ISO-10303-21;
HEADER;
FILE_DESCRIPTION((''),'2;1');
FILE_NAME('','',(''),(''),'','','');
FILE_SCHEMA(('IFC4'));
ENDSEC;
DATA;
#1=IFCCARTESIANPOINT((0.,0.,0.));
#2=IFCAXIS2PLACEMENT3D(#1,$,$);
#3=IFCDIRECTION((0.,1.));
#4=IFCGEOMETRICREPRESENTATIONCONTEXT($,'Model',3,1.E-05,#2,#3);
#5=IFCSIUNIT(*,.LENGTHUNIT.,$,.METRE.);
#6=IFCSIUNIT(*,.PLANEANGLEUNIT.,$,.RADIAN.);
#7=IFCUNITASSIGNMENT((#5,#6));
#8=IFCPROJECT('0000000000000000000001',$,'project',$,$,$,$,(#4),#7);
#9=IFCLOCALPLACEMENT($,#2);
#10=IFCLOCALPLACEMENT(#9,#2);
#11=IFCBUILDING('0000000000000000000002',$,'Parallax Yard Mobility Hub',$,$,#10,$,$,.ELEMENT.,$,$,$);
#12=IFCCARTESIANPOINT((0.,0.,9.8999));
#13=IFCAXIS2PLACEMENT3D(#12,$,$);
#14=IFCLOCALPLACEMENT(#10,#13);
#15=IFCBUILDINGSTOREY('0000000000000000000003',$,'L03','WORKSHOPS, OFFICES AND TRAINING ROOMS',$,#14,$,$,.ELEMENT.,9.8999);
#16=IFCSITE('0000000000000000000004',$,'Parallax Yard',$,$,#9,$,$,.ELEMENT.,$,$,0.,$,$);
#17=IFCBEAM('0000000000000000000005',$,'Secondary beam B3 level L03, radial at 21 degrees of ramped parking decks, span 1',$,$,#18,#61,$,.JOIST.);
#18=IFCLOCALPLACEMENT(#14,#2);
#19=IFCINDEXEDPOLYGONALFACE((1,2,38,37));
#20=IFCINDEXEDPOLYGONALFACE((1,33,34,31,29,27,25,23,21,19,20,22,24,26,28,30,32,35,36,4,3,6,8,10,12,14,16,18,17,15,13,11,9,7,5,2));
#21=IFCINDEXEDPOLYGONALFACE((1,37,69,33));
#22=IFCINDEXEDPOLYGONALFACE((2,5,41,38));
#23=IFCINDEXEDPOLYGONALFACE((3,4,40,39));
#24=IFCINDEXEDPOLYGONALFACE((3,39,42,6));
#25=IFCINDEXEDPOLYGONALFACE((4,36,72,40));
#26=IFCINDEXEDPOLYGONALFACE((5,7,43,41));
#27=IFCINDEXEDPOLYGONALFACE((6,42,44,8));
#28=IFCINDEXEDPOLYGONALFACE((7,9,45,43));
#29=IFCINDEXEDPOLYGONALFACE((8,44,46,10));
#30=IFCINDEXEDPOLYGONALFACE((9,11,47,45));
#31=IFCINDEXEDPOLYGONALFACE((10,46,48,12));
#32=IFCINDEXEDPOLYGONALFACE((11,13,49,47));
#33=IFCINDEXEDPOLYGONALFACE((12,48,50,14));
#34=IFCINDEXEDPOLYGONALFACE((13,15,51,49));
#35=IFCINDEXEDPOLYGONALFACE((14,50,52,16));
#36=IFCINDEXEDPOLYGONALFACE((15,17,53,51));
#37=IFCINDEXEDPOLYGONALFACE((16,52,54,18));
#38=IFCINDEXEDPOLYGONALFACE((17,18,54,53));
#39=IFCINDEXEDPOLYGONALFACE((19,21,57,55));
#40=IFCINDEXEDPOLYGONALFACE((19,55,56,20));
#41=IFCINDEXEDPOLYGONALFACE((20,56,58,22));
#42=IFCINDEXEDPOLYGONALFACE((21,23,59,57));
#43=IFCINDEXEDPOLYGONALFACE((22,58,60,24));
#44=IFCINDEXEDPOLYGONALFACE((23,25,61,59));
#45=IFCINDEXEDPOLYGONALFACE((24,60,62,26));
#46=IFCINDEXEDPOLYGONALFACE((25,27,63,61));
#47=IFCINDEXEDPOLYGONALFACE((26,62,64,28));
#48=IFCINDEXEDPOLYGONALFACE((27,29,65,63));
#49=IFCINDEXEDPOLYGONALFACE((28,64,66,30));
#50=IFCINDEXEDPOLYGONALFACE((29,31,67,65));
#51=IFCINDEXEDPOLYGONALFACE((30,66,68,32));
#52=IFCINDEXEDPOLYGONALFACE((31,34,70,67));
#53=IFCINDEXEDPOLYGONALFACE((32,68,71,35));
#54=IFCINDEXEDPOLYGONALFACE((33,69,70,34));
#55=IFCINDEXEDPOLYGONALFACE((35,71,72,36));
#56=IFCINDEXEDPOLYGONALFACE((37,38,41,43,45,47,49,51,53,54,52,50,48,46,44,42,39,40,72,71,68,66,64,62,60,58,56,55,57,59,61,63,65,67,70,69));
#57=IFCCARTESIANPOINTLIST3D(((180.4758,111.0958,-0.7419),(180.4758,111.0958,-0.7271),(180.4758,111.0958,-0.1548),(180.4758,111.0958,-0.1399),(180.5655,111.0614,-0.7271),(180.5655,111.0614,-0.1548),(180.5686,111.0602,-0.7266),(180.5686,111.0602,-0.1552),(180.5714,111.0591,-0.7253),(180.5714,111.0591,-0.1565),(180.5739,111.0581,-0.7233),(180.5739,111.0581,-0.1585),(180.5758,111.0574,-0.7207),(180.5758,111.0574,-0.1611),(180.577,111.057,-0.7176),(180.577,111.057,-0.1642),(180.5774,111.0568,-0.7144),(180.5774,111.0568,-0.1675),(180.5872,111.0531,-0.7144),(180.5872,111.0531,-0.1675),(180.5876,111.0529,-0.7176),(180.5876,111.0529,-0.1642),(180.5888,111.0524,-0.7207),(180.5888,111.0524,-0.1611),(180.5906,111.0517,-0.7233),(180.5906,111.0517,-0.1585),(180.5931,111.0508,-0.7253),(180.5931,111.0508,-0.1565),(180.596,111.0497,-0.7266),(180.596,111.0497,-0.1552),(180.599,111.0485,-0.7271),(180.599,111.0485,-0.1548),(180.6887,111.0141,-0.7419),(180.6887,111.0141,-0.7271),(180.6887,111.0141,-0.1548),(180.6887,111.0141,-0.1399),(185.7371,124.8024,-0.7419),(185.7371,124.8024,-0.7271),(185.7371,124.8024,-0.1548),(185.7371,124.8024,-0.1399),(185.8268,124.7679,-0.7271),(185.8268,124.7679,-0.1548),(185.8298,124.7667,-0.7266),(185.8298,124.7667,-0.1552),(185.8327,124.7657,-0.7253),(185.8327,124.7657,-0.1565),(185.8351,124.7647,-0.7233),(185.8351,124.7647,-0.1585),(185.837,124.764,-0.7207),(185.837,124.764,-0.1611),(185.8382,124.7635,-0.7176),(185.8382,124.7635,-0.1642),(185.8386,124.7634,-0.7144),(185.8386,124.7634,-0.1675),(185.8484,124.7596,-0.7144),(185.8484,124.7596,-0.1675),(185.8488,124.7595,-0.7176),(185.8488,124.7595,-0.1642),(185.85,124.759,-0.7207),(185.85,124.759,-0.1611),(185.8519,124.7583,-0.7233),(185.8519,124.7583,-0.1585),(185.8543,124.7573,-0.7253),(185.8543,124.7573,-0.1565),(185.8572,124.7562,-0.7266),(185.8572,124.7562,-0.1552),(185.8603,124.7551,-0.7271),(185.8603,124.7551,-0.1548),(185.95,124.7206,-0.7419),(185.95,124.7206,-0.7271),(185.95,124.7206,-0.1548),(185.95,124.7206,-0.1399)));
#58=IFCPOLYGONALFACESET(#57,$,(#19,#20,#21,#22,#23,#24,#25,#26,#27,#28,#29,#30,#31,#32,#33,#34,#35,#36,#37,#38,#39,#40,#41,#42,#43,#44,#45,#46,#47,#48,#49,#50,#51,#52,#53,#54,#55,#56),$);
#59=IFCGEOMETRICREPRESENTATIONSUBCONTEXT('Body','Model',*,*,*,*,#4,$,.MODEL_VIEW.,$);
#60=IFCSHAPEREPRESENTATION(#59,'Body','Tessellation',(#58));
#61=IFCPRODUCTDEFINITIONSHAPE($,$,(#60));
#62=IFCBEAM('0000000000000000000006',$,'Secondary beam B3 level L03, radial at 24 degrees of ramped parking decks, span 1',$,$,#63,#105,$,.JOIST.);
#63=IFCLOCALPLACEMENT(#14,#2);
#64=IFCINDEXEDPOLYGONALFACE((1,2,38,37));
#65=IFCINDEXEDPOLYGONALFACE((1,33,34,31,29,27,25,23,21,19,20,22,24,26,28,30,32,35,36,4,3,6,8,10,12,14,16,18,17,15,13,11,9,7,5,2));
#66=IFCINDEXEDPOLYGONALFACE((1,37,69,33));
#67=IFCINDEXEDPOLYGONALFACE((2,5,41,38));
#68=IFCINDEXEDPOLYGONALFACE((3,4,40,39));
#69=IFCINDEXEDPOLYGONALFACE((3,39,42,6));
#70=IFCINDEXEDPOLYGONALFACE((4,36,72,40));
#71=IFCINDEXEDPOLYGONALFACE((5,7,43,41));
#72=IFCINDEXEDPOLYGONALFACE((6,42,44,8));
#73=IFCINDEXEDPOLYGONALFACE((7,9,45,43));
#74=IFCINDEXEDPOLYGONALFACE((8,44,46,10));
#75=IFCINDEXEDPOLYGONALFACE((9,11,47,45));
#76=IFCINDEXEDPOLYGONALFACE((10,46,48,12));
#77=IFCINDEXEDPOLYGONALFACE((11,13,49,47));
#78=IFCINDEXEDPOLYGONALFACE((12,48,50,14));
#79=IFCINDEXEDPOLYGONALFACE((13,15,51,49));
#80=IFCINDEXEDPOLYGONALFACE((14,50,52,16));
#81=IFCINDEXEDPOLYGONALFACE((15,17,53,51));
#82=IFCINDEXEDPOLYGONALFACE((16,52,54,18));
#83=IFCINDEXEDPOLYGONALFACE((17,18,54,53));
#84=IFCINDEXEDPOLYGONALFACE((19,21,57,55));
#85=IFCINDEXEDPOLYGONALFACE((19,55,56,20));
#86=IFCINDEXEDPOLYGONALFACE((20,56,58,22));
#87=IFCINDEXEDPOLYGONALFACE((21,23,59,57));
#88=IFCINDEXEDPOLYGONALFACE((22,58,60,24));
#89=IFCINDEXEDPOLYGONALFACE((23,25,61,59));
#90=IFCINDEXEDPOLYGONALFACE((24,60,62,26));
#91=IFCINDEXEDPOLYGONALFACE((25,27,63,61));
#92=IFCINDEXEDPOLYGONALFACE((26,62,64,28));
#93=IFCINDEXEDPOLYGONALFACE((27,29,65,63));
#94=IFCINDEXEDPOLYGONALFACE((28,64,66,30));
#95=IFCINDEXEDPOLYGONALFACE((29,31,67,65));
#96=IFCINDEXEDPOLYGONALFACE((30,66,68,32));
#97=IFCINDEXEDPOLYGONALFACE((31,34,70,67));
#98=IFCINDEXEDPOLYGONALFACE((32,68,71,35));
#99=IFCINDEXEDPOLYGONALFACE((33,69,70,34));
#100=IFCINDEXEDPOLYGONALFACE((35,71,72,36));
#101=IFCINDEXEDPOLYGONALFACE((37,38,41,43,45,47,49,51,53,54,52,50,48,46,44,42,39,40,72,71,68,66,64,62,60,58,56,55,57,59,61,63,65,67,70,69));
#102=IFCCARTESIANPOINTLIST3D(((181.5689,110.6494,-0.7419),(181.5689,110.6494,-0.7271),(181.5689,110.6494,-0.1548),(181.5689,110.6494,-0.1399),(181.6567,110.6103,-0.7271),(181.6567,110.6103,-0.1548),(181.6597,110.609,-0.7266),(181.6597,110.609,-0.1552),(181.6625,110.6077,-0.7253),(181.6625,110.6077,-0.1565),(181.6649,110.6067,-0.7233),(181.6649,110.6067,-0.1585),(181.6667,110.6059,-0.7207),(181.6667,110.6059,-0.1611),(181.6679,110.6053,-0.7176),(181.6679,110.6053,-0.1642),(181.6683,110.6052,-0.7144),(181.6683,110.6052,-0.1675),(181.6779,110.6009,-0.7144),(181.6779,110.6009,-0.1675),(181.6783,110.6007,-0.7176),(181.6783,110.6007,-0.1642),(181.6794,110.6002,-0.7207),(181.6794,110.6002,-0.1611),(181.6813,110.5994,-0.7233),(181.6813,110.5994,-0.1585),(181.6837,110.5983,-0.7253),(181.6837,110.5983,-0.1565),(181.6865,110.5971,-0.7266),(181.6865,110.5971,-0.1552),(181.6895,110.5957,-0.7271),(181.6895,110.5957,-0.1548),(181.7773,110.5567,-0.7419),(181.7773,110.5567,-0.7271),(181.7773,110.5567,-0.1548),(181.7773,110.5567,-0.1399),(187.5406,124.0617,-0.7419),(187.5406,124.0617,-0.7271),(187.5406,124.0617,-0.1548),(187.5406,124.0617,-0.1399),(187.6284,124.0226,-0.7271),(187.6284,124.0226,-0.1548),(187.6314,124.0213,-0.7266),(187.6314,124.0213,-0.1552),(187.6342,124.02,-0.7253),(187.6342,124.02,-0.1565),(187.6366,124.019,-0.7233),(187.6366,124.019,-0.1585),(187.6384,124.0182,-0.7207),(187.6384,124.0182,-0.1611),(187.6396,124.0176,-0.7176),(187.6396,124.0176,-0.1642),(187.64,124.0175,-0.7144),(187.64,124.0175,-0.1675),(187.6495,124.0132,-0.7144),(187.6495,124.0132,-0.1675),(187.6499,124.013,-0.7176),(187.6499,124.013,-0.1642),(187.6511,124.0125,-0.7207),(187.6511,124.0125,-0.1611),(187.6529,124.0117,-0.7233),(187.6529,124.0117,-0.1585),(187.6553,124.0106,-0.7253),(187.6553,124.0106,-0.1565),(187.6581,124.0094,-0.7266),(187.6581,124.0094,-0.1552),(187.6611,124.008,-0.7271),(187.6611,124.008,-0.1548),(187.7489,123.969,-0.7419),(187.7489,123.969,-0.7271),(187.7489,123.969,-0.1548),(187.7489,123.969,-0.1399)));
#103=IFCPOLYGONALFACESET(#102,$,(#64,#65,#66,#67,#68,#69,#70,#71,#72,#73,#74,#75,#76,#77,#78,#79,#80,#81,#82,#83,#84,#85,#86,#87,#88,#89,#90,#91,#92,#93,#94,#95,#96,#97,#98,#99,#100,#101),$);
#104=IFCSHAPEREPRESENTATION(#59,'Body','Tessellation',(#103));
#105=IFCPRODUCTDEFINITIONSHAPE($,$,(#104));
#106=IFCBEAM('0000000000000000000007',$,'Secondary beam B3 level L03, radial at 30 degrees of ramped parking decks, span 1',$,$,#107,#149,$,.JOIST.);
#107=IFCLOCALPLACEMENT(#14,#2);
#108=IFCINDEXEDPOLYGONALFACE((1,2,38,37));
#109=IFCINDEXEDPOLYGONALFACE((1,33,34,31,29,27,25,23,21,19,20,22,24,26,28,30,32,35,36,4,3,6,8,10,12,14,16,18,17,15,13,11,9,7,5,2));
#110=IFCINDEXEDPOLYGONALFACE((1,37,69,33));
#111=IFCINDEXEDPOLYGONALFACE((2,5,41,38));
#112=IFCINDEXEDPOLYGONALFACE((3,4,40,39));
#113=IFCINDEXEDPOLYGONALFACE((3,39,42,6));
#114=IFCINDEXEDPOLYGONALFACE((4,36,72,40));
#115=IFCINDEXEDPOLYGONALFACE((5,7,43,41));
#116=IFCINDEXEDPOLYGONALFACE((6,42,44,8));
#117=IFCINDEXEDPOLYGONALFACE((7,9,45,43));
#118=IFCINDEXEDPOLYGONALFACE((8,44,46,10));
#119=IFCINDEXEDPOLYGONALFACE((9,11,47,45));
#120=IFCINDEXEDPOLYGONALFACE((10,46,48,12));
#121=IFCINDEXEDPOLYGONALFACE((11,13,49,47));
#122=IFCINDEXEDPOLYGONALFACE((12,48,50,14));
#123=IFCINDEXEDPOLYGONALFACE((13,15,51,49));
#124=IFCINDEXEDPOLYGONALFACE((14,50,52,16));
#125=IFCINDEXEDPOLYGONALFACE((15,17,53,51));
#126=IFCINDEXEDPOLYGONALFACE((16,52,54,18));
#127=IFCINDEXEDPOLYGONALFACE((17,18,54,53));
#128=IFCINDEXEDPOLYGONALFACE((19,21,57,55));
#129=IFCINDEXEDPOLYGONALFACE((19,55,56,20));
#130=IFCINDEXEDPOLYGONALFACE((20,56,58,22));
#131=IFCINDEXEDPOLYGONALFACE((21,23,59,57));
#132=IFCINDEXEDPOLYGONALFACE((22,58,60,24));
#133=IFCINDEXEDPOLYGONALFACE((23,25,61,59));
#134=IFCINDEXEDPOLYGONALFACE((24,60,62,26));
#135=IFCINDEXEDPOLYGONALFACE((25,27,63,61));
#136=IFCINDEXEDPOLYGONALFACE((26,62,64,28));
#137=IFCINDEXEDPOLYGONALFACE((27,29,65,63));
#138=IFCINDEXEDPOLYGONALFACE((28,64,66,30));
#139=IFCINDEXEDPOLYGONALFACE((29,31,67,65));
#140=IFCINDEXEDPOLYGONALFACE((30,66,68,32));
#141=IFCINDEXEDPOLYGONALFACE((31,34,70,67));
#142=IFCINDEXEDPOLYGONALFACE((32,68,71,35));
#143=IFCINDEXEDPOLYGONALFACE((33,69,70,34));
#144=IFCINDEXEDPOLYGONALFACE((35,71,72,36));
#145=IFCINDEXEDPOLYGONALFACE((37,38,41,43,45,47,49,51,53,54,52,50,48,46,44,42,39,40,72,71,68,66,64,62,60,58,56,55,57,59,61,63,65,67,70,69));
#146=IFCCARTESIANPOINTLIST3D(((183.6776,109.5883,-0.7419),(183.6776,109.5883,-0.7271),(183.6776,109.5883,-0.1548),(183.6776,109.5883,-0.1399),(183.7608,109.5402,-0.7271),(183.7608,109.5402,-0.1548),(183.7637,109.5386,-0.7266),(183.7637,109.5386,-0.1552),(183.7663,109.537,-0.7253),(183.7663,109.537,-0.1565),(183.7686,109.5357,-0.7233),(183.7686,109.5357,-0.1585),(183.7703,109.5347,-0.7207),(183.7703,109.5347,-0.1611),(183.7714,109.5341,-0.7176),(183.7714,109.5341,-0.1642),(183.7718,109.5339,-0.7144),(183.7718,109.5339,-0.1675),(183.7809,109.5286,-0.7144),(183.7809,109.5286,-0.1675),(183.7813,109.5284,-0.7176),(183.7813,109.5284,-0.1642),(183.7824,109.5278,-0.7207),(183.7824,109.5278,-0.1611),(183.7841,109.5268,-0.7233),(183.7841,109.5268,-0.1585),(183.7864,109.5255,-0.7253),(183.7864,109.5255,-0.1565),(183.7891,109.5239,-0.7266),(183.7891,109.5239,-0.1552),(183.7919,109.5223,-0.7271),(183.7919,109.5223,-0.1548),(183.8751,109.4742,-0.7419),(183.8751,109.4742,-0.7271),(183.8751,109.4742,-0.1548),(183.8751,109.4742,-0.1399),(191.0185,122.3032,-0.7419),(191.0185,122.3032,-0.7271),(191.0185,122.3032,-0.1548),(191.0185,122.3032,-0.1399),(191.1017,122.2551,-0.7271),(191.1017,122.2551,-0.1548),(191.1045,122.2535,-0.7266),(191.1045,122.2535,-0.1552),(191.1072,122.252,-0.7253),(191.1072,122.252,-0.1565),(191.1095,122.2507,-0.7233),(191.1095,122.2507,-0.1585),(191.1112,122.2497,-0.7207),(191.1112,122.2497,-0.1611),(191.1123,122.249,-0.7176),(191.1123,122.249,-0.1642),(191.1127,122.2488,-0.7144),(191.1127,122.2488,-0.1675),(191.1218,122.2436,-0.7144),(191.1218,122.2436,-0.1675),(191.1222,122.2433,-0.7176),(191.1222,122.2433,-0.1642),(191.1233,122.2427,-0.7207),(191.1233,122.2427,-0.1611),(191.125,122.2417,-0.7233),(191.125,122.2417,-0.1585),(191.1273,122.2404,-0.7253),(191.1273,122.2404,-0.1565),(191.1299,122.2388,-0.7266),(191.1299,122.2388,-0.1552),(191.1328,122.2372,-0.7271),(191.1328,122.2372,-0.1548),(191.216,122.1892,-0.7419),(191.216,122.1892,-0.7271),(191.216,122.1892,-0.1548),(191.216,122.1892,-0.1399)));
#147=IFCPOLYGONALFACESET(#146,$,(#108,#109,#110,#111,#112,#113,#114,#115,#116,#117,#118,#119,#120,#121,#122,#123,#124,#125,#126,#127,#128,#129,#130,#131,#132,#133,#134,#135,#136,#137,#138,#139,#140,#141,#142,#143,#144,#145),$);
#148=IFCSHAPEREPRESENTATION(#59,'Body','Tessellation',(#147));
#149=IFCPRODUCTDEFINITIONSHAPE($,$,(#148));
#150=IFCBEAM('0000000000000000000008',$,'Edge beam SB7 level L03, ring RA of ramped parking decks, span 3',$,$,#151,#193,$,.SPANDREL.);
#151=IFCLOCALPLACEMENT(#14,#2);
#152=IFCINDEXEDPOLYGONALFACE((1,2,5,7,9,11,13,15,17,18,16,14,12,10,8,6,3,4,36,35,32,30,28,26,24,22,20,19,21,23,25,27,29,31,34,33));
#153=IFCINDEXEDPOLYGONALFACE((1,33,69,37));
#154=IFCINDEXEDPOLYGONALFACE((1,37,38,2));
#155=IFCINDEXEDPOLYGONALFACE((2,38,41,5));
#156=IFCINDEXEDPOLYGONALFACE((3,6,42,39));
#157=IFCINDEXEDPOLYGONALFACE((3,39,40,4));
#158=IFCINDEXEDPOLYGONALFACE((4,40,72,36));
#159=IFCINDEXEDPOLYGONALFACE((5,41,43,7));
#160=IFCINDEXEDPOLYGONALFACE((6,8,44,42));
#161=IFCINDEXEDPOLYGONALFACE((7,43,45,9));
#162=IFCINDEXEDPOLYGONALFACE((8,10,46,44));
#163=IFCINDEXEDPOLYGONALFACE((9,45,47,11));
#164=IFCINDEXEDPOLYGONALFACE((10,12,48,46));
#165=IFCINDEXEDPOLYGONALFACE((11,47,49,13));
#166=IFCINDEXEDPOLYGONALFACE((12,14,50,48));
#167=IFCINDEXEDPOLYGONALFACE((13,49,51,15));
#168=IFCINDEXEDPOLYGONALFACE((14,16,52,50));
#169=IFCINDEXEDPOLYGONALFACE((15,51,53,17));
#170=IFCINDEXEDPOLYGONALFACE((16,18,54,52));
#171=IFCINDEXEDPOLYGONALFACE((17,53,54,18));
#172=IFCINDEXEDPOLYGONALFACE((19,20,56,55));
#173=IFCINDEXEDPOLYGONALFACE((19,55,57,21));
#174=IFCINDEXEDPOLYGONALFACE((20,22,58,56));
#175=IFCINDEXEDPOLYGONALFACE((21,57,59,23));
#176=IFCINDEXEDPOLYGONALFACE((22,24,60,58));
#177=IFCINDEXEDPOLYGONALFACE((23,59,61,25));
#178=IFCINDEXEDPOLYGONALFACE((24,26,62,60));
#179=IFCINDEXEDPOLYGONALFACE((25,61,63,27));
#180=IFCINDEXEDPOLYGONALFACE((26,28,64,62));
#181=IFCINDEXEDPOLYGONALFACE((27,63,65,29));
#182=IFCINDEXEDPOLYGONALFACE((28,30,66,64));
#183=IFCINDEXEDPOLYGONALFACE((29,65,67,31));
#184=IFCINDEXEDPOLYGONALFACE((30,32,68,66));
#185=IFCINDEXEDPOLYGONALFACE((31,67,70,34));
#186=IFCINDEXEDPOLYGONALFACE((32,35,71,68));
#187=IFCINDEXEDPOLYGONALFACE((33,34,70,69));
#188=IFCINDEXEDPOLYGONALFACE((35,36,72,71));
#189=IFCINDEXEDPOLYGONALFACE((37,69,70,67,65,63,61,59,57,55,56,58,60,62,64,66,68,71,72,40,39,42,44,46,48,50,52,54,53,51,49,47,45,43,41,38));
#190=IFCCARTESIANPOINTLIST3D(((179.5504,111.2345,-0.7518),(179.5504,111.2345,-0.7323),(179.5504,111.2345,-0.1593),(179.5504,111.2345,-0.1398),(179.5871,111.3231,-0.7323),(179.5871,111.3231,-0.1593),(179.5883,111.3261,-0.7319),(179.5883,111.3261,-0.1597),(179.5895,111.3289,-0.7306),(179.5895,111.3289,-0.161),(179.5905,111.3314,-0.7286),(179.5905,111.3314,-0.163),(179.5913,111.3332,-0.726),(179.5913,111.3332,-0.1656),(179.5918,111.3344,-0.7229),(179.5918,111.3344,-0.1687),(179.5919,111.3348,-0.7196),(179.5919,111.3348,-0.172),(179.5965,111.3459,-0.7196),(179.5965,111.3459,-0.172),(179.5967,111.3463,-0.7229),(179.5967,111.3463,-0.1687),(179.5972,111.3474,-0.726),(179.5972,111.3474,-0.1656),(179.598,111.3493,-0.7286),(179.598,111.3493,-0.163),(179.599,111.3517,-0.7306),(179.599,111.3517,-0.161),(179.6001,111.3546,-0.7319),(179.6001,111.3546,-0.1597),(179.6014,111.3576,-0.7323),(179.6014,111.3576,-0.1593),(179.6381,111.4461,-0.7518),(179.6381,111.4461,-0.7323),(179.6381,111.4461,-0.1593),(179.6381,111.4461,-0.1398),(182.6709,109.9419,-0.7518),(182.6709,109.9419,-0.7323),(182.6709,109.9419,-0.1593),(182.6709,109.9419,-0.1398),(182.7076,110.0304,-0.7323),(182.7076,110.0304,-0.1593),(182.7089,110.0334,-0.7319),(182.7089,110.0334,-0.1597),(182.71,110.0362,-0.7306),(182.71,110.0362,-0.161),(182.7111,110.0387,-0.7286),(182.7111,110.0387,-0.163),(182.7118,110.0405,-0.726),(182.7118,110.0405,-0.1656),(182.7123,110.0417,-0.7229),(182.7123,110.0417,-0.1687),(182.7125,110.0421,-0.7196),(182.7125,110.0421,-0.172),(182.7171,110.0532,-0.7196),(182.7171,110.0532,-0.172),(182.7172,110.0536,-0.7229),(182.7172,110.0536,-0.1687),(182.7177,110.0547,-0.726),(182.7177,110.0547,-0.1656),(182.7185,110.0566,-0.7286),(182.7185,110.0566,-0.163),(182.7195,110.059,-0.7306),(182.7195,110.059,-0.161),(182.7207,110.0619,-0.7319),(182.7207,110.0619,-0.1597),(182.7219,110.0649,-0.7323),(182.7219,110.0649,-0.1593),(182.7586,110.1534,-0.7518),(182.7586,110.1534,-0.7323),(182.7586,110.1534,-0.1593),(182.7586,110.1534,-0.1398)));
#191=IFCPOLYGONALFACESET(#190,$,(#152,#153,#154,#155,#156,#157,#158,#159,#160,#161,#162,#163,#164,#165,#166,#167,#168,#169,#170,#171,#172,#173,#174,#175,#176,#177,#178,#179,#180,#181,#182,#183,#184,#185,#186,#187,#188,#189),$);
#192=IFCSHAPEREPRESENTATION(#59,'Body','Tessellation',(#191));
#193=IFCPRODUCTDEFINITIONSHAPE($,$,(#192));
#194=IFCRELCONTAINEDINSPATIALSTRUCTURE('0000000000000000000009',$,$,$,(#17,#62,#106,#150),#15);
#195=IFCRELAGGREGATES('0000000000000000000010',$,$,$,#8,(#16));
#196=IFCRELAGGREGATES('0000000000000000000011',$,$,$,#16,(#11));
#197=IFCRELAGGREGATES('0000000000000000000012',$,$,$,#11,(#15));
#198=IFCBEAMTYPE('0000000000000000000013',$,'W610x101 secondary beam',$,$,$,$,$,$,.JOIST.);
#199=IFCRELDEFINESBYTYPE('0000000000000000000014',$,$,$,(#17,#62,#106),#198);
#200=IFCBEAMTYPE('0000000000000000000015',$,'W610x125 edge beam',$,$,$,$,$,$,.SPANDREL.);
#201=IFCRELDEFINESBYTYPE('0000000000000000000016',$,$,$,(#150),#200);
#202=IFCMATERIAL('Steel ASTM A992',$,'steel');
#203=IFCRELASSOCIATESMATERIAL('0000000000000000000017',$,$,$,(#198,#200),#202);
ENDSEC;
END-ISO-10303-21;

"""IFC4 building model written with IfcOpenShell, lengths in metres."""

from ifc_helpers import new_model, si_unit, direction, frame, origin, origin_2d, place, context, subcontext, project, spatial, i_section, extrude, material, material_profile, profile_set, type_object, element, save


model = new_model("IFC4")

# Units and contexts
model_context = context("Model", 3, precision=1e-05, world=origin(), true_north=direction((0.0, 1.0)))
body_context = subcontext(model_context, "Body", "Model", "MODEL_VIEW")
ifc_project = project(units=[si_unit("LENGTHUNIT", "METRE"), si_unit("PLANEANGLEUNIT", "RADIAN")], contexts=[model_context])

# Site, building, storey
site_placement = place(None, origin())
site = spatial("IfcSite", under=ifc_project, at=site_placement, Name="Parallax Yard", CompositionType="ELEMENT", RefElevation=0.0)
building_placement = place(site_placement, origin())
building = spatial("IfcBuilding", under=site, at=building_placement, Name="Parallax Yard Mobility Hub", CompositionType="ELEMENT")
storey_placement = place(building_placement, frame((0.0, 0.0, 9.8999)))
storey = spatial("IfcBuildingStorey", under=building, at=storey_placement, Name="L03", Description="WORKSHOPS, OFFICES AND TRAINING ROOMS", CompositionType="ELEMENT", Elevation=9.8999)

# Beams
ifc_material_1 = material(Name="Steel ASTM A992", Category="steel")
ifc_material_profile_1 = material_profile(ifc_material_1, i_section(OverallWidth=0.228, OverallDepth=0.6021, WebThickness=0.0105, FlangeThickness=0.0149, FilletRadius=0.0127, at=origin_2d()), Name="W610x101")
ifc_profile_set_1 = profile_set([ifc_material_profile_1], Name="Steel ASTM A992")
beam_type_1 = type_object("IfcBeamType", Name="W610x101 secondary beam", PredefinedType="JOIST", material=ifc_profile_set_1)
for number, where, z_axis, x_axis, name in (
    (1, (180.5823, 111.0549, -0.4409), (0.358355, 0.933585, 0.0), (-0.933585, 0.358355, 0.0), "Secondary beam B3 level L03, radial at 21 degrees of ramped parking decks, span 1"),
    (2, (181.6731, 110.603, -0.4409), (0.406743, 0.913543, 0.0), (-0.913543, 0.406743, 0.0), "Secondary beam B3 level L03, radial at 24 degrees of ramped parking decks, span 1"),
):
    element("IfcBeam", number, at=place(storey_placement, frame(where, z_axis=z_axis, x_axis=x_axis)), inside=storey, type_object=beam_type_1, Name=name, PredefinedType="JOIST", context=body_context, shape_type="SweptSolid", body=[
        extrude(i_section(OverallWidth=0.228, OverallDepth=0.6021, WebThickness=0.0105, FlangeThickness=0.0149, FilletRadius=0.0127, at=origin_2d()), origin(), (0.0, 0.0, 1.0), 14.6816),
    ])
beam_1_placement = place(storey_placement, frame((183.7764, 109.5312, -0.4409), z_axis=(0.499995, 0.866028, 0.0), x_axis=(-0.866028, 0.499995, 0.0)))
element("IfcBeam", 3, at=beam_1_placement, inside=storey, type_object=beam_type_1, Name="Secondary beam B3 level L03, radial at 30 degrees of ramped parking decks, span 1", PredefinedType="JOIST", context=body_context, shape_type="SweptSolid", body=[
    extrude(i_section(OverallWidth=0.228, OverallDepth=0.6021, WebThickness=0.0105, FlangeThickness=0.0149, FilletRadius=0.0127, at=origin_2d()), origin(), (0.0, 0.0, 1.0), 14.6819),
])
ifc_material_profile_2 = material_profile(ifc_material_1, i_section(OverallWidth=0.229, OverallDepth=0.6121, WebThickness=0.012, FlangeThickness=0.0195, FilletRadius=0.0127, at=origin_2d()), Name="W610x125")
ifc_profile_set_2 = profile_set([ifc_material_profile_2], Name="Steel ASTM A992")
beam_type_2 = type_object("IfcBeamType", Name="W610x125 edge beam", PredefinedType="SPANDREL", material=ifc_profile_set_2)
for number, where, z_axis, x_axis, name in (
    (4, (179.5942, 111.3403, -0.4458), (0.923866, -0.382716, 0.0), (0.382716, 0.923866, 0.0), "Edge beam SB7 level L03, ring RA of ramped parking decks, span 3"),
):
    element("IfcBeam", number, at=place(storey_placement, frame(where, z_axis=z_axis, x_axis=x_axis)), inside=storey, type_object=beam_type_2, Name=name, PredefinedType="SPANDREL", context=body_context, shape_type="SweptSolid", body=[
        extrude(i_section(OverallWidth=0.229, OverallDepth=0.6121, WebThickness=0.012, FlangeThickness=0.0195, FilletRadius=0.0127, at=origin_2d()), origin(), (0.0, 0.0, 1.0), 3.3777),
    ])

save(model, "model.ifc")
